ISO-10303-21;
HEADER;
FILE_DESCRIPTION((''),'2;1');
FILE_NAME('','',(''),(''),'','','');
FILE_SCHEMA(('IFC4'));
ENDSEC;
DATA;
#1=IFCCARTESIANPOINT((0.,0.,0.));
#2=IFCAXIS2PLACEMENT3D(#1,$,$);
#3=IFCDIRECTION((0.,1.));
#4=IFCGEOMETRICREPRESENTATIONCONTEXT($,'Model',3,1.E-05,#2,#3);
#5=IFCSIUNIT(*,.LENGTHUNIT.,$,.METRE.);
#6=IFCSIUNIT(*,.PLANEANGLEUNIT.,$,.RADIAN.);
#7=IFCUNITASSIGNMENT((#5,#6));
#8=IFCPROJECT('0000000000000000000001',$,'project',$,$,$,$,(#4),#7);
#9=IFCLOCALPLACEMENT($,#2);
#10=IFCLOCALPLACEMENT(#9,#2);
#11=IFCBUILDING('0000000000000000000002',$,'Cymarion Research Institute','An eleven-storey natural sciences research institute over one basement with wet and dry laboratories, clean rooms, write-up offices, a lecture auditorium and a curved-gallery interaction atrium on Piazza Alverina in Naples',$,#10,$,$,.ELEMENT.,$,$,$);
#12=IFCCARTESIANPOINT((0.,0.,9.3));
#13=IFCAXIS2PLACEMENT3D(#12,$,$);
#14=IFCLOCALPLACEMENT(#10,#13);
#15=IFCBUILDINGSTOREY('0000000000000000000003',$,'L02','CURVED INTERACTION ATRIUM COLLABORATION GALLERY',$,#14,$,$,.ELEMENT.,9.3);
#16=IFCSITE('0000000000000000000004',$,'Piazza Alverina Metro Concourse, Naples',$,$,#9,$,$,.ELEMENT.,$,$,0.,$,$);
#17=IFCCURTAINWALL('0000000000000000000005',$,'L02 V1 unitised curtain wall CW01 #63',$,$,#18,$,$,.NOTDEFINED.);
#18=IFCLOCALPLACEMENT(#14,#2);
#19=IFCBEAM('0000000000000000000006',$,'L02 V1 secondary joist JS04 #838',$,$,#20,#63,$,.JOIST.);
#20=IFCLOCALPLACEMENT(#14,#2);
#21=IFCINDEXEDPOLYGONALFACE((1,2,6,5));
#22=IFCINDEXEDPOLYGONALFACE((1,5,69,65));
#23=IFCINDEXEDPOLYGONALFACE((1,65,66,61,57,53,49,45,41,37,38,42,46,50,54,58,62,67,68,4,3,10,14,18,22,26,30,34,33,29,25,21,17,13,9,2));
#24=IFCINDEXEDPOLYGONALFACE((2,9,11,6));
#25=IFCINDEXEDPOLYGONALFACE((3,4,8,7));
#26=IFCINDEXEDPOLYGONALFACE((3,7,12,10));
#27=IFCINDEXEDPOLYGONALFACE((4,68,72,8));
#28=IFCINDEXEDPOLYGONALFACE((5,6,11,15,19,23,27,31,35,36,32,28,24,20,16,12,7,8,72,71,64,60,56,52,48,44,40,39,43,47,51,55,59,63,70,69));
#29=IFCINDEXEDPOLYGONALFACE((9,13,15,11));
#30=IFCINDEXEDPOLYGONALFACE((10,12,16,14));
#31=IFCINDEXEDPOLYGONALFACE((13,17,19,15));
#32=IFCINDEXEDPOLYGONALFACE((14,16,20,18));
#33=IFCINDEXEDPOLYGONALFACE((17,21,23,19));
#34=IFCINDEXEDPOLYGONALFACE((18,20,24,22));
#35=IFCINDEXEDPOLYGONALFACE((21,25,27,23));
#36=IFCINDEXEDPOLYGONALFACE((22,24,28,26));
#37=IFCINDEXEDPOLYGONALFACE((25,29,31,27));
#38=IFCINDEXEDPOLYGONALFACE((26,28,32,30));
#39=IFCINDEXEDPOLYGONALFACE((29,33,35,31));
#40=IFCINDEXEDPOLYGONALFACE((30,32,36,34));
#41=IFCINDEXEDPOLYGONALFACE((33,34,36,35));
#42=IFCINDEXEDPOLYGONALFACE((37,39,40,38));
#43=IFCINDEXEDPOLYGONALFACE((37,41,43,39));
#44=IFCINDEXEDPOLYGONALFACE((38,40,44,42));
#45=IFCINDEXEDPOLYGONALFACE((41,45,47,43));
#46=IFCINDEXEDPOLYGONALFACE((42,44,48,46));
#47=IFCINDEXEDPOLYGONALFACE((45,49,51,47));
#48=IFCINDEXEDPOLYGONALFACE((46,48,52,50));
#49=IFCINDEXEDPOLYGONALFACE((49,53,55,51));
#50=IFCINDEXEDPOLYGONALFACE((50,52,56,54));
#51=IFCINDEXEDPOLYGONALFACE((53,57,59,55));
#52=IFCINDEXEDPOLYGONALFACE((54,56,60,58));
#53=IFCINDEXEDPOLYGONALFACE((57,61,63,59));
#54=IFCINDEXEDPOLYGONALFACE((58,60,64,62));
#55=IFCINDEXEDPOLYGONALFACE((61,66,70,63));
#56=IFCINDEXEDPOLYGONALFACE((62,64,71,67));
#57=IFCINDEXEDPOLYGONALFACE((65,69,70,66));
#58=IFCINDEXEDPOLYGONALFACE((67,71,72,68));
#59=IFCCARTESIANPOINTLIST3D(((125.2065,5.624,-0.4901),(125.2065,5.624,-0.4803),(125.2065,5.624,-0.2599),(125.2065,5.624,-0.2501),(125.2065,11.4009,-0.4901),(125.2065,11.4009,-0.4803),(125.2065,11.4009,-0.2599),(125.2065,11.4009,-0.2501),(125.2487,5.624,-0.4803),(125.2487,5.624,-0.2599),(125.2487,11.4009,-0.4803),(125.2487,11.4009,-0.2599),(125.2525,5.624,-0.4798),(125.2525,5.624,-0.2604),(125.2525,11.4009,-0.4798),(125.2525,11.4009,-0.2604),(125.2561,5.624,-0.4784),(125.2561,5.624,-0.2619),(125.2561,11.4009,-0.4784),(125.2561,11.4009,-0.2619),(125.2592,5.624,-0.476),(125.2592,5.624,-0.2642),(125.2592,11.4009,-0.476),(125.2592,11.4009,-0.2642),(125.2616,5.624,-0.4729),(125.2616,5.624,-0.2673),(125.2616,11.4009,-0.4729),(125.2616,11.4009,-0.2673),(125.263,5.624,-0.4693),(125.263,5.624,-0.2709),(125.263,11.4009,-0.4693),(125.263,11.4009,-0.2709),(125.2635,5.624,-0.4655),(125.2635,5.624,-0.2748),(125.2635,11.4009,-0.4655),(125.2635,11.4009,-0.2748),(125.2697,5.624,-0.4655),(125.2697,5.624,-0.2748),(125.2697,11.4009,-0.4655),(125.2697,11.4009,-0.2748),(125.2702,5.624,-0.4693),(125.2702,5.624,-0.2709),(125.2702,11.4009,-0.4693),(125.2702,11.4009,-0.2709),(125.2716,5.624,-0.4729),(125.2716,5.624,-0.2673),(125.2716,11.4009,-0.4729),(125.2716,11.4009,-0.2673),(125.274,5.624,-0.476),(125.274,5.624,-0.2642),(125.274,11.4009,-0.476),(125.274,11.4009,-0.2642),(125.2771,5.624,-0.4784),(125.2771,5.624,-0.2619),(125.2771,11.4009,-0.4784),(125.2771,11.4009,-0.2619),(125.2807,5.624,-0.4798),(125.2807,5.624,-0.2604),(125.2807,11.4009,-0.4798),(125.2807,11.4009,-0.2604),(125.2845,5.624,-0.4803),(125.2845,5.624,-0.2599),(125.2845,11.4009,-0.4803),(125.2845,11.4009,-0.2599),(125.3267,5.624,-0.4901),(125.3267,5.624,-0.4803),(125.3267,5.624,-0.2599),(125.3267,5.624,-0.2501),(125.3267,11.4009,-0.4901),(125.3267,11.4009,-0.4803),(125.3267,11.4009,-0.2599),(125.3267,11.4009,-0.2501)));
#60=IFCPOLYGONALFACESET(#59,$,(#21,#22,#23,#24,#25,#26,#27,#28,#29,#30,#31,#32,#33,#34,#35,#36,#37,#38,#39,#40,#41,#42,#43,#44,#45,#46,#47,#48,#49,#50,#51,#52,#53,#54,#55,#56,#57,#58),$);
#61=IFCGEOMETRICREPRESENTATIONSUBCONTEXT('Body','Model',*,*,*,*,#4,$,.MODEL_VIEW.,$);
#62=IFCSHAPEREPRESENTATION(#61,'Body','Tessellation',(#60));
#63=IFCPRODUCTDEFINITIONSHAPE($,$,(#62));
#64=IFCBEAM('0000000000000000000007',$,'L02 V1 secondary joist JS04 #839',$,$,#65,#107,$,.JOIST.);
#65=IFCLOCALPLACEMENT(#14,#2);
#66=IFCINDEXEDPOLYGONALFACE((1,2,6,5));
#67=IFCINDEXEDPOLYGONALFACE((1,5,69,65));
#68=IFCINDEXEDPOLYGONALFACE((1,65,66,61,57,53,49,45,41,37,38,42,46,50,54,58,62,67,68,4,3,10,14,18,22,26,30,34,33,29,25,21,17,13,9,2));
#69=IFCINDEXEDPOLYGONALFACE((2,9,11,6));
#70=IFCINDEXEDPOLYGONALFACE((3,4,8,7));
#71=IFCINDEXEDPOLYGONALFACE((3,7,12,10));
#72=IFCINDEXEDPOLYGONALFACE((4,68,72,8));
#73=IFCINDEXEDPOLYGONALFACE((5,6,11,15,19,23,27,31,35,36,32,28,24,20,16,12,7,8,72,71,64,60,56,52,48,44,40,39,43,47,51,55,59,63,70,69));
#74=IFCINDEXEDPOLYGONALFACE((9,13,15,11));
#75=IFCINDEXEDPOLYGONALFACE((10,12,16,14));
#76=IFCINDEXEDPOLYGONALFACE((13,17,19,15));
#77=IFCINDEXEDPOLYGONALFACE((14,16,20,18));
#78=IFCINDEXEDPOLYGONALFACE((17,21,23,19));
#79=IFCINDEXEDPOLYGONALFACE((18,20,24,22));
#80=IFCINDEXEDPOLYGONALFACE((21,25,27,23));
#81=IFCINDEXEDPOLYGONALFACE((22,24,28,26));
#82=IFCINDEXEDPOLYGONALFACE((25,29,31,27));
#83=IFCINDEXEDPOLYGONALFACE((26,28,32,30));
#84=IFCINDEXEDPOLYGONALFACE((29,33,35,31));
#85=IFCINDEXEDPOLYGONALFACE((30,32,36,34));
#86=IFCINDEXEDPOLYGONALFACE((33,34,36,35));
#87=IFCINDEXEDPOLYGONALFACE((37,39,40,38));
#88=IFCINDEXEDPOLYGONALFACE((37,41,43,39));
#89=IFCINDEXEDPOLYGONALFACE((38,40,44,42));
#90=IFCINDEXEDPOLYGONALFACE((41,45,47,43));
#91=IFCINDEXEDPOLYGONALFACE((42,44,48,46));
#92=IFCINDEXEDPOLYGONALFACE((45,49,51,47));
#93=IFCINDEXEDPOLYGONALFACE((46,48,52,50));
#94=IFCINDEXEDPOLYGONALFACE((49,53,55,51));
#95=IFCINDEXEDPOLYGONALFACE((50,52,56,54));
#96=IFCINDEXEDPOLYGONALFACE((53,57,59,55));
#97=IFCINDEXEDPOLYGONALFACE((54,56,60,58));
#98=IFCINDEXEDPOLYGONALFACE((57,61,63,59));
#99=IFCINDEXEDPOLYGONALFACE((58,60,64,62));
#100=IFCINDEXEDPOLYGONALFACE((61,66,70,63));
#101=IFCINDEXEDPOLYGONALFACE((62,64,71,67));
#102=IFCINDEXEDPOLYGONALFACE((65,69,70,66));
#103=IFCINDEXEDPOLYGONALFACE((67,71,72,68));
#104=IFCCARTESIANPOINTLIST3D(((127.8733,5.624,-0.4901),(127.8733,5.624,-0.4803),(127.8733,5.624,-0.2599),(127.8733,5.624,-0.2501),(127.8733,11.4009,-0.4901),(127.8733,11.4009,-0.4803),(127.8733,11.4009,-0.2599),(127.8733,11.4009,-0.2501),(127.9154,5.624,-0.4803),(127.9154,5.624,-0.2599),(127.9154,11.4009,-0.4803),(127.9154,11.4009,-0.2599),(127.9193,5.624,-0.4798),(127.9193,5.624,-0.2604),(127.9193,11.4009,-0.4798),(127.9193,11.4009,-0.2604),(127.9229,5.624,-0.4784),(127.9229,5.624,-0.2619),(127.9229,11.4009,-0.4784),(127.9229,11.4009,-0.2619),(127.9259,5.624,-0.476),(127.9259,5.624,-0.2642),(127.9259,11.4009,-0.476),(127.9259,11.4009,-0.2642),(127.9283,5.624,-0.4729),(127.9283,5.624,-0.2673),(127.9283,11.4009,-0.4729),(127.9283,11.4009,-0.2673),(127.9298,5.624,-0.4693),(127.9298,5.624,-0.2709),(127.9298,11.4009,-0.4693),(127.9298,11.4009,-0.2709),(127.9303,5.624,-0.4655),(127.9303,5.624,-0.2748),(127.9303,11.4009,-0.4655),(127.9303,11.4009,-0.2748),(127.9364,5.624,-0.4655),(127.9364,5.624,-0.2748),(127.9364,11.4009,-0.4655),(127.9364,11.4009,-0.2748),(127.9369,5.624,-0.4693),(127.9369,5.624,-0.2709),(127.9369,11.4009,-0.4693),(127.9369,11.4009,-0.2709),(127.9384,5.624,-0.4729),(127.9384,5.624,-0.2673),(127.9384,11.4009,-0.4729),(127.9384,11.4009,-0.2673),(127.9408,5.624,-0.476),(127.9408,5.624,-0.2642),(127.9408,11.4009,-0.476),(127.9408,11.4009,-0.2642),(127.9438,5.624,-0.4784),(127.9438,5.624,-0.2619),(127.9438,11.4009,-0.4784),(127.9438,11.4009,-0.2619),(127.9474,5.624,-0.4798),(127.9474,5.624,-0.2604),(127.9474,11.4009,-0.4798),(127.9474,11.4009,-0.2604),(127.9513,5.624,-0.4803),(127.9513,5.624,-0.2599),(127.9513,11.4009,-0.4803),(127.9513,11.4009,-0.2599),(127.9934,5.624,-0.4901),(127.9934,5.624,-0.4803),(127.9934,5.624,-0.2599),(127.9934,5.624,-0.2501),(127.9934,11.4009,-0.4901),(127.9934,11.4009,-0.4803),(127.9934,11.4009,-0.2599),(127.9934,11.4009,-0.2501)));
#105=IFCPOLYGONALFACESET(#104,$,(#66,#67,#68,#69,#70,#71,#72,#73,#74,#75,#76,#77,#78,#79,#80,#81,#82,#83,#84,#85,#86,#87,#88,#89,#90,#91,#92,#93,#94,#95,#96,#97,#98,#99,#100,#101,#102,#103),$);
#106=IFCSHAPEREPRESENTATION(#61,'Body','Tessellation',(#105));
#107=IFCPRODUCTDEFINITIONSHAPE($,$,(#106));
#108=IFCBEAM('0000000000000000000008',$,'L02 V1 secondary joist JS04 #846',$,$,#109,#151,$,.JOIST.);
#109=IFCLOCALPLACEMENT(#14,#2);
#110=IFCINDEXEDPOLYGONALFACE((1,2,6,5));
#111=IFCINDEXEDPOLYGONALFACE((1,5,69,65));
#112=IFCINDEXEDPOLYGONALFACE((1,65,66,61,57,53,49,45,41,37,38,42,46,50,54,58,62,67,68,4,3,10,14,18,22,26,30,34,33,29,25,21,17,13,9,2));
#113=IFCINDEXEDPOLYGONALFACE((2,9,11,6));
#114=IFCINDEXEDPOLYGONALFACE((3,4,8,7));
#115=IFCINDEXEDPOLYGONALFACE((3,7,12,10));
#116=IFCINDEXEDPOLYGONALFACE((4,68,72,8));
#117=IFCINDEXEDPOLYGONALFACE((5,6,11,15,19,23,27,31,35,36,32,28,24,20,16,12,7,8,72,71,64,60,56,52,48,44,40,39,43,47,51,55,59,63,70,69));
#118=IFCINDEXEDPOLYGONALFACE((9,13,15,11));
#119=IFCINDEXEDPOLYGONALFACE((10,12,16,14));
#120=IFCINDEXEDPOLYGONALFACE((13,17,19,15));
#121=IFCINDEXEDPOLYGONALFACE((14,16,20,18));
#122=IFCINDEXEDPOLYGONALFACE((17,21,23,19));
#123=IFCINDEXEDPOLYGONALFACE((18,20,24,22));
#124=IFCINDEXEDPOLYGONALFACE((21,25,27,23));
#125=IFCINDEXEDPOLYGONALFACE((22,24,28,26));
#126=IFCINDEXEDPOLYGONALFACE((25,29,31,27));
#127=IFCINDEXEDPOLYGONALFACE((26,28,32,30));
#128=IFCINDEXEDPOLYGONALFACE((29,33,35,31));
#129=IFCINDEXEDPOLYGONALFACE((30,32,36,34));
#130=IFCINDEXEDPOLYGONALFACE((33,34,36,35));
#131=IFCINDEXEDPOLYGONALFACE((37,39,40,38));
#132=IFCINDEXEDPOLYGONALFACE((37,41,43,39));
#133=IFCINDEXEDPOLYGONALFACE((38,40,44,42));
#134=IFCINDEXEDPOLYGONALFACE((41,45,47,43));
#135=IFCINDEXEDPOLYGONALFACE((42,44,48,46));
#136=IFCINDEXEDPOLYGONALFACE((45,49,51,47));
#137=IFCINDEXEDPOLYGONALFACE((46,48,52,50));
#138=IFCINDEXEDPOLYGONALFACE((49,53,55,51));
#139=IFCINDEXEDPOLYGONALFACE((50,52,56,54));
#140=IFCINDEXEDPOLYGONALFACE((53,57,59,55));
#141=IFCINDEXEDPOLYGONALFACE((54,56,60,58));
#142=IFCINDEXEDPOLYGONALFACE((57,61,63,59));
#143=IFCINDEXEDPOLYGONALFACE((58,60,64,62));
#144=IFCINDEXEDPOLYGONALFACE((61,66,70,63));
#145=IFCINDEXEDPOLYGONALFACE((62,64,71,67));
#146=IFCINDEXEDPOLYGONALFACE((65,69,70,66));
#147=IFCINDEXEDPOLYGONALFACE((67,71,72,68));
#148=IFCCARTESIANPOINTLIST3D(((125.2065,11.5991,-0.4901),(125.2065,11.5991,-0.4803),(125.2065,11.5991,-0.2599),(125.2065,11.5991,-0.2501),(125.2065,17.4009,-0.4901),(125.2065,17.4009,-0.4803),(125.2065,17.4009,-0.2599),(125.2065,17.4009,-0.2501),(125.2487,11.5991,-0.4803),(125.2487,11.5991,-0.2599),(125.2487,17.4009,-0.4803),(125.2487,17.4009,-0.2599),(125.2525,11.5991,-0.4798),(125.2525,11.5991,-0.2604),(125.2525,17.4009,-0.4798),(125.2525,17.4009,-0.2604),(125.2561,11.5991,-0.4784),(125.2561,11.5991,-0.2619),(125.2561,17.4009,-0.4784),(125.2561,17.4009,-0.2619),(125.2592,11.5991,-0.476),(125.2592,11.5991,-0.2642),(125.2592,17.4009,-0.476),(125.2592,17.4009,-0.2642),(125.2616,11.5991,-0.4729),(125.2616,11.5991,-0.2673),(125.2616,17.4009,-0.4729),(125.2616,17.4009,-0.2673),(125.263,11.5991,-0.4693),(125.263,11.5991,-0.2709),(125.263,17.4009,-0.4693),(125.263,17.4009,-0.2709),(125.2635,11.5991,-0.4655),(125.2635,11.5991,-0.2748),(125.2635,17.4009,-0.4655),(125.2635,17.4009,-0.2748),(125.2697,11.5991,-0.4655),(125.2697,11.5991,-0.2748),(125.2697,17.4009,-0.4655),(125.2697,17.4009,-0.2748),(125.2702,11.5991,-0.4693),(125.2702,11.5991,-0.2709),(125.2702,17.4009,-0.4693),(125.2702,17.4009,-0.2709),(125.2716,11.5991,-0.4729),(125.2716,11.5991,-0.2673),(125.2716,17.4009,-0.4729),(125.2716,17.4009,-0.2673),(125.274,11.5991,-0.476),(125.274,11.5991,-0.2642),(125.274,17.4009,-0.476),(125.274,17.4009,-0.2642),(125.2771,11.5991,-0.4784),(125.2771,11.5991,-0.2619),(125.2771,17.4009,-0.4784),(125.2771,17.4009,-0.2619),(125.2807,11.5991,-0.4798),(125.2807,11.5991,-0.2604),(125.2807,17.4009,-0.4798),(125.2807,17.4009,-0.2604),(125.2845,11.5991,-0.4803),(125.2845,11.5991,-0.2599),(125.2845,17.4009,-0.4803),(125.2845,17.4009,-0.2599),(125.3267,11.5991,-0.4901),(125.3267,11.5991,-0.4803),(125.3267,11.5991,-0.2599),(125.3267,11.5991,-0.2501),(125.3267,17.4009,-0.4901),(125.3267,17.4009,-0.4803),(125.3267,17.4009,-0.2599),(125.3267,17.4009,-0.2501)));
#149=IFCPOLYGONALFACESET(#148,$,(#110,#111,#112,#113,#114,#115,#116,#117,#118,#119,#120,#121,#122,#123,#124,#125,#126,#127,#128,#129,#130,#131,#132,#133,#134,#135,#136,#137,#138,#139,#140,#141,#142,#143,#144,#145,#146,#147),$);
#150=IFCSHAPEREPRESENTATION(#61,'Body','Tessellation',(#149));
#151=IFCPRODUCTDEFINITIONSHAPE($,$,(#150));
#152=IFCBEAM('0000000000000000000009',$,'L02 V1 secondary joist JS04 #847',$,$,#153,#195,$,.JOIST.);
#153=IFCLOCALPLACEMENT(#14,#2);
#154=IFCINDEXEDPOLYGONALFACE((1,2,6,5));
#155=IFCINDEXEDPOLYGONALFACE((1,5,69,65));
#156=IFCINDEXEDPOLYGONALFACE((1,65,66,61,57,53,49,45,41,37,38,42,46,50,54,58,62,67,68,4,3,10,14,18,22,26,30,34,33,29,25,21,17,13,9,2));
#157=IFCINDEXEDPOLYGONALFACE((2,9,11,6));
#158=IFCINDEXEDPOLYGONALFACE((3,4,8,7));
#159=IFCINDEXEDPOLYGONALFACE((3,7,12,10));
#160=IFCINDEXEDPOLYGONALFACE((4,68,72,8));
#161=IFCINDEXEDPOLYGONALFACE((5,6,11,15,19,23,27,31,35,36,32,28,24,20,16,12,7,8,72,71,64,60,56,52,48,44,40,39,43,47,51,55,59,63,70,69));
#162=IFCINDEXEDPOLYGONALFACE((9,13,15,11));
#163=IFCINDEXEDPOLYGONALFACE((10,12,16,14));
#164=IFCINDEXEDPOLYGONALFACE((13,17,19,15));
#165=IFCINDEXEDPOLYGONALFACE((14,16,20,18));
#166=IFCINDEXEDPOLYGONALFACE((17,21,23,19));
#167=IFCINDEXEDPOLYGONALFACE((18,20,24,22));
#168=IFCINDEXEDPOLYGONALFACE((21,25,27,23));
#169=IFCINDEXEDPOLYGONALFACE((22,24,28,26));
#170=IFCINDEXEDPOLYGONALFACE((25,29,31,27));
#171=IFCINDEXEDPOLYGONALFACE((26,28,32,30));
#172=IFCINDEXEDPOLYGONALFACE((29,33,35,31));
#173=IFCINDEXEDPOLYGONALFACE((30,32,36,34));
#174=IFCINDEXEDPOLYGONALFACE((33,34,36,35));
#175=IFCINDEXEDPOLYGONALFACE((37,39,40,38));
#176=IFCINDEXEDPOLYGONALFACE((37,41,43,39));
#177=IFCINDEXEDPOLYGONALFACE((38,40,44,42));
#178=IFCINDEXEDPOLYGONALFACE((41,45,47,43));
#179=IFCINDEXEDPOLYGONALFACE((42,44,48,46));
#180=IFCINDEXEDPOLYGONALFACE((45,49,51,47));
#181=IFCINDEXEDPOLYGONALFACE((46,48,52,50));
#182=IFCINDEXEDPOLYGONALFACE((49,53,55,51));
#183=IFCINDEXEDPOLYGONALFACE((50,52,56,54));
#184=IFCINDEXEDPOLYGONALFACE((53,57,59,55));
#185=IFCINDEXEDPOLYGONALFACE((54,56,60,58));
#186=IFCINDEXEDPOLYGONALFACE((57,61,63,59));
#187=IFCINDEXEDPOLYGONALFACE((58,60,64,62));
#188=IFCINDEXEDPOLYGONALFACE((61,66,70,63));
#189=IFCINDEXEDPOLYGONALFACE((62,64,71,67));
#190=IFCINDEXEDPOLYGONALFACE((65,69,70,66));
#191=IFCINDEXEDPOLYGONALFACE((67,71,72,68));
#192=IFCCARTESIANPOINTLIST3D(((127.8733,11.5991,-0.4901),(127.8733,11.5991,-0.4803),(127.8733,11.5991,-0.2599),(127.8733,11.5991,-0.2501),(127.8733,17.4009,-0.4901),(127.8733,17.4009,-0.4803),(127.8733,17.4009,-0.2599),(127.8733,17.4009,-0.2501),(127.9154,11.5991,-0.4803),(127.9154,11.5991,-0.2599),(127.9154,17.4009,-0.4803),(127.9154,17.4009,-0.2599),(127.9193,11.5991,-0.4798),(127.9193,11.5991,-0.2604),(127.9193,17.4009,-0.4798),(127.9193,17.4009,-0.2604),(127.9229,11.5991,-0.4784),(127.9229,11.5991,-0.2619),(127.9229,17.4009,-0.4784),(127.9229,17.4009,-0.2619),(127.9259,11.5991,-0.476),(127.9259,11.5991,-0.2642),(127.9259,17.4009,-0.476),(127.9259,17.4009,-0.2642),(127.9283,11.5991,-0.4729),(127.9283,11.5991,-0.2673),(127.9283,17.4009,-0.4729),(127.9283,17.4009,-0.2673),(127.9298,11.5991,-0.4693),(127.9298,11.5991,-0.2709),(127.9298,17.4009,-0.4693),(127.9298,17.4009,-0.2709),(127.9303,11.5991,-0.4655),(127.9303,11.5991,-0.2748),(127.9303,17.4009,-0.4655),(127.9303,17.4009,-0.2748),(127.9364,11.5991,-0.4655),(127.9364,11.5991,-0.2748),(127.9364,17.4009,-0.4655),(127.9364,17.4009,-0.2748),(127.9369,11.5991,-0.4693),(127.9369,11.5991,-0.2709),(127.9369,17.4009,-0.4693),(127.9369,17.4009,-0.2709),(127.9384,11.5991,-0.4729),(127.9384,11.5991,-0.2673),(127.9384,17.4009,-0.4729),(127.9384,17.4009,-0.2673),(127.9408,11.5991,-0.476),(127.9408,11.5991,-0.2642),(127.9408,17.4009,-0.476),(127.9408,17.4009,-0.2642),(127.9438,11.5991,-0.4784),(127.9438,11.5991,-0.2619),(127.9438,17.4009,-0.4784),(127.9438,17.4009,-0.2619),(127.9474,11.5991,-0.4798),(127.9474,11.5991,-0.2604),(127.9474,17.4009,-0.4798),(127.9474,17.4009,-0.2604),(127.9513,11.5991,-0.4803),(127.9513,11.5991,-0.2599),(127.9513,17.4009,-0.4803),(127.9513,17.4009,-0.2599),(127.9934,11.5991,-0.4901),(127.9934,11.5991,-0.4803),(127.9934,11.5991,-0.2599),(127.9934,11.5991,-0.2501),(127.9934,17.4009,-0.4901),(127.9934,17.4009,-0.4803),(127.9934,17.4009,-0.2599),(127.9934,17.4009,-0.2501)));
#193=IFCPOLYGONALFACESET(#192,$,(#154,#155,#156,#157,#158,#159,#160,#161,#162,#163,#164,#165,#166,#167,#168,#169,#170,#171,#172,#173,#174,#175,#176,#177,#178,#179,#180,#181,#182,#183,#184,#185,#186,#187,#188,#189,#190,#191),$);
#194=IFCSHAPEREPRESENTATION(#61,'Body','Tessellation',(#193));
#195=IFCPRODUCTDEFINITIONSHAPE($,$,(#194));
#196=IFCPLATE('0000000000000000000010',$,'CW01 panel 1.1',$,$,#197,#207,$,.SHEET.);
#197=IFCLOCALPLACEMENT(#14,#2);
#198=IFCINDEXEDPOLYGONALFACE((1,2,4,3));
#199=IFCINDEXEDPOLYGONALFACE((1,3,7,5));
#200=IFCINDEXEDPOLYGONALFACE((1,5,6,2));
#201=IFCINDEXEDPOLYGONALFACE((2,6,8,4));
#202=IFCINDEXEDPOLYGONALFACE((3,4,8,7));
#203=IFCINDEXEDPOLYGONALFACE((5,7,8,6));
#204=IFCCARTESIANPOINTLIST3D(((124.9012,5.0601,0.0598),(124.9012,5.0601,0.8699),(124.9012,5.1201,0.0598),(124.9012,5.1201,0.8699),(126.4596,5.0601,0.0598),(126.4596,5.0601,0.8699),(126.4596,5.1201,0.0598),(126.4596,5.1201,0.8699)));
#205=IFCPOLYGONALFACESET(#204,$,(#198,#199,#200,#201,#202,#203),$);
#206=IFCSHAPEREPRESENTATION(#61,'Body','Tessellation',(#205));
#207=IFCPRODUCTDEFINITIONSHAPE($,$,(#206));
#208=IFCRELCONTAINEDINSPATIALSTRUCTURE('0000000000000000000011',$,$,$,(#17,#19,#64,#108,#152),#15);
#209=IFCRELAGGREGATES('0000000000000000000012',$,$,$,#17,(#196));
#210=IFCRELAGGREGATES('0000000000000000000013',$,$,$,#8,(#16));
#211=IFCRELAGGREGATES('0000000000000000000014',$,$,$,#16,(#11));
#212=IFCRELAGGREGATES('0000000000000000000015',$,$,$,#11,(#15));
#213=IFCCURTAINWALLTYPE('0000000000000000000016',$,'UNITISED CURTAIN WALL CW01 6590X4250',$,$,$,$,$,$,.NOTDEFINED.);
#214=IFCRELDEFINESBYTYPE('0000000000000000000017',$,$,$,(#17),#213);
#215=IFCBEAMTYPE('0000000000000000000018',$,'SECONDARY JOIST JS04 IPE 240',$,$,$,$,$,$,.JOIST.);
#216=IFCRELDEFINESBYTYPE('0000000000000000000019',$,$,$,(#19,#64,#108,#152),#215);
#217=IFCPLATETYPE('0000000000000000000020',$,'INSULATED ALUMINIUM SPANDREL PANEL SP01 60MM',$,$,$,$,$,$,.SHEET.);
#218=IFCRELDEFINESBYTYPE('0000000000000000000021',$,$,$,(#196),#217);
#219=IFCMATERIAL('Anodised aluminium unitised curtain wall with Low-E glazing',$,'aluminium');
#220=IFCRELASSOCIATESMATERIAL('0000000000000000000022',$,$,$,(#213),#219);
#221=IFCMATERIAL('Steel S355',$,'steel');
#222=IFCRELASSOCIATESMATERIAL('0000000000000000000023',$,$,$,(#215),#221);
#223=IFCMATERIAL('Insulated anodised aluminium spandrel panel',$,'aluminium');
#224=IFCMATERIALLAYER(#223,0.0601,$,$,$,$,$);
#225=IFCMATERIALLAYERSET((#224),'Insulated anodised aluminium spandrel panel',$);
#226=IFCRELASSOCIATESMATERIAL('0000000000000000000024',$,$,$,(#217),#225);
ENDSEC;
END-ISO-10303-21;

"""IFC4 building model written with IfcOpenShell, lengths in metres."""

from ifc_helpers import new_model, si_unit, direction, frame, origin, origin_2d, place, context, subcontext, project, spatial, rectangle, i_section, extrude, material, layer, layer_set, material_profile, profile_set, type_object, element, aggregate, save


model = new_model("IFC4")

# Units and contexts
model_context = context("Model", 3, precision=1e-05, world=origin(), true_north=direction((0.0, 1.0)))
body_context = subcontext(model_context, "Body", "Model", "MODEL_VIEW")
ifc_project = project(units=[si_unit("LENGTHUNIT", "METRE"), si_unit("PLANEANGLEUNIT", "RADIAN")], contexts=[model_context])

# Site, building, storey
site_placement = place(None, origin())
site = spatial("IfcSite", under=ifc_project, at=site_placement, Name="Piazza Alverina Metro Concourse, Naples", CompositionType="ELEMENT", RefElevation=0.0)
building_placement = place(site_placement, origin())
building = spatial("IfcBuilding", under=site, at=building_placement, Name="Cymarion Research Institute", Description="An eleven-storey natural sciences research institute over one basement with wet and dry laboratories, clean rooms, write-up offices, a lecture auditorium and a curved-gallery interaction atrium on Piazza Alverina in Naples", CompositionType="ELEMENT")
storey_placement = place(building_placement, frame((0.0, 0.0, 9.3)))
storey = spatial("IfcBuildingStorey", under=building, at=storey_placement, Name="L02", Description="CURVED INTERACTION ATRIUM COLLABORATION GALLERY", CompositionType="ELEMENT", Elevation=9.3)

# Curtain wall
ifc_material_1 = material(Name="Anodised aluminium unitised curtain wall with Low-E glazing", Category="aluminium")
curtain_wall_type = type_object("IfcCurtainWallType", Name="UNITISED CURTAIN WALL CW01 6590X4250", PredefinedType="NOTDEFINED", material=ifc_material_1)
curtain_wall_placement = place(storey_placement, origin())
curtain_wall = element("IfcCurtainWall", 1, at=curtain_wall_placement, inside=storey, type_object=curtain_wall_type, Name="L02 V1 unitised curtain wall CW01 #63", PredefinedType="NOTDEFINED")

# Beams
ifc_material_2 = material(Name="Steel S355", Category="steel")
ifc_material_profile_1 = material_profile(ifc_material_2, i_section(OverallWidth=0.1201, OverallDepth=0.24, WebThickness=0.0061, FlangeThickness=0.0098, FilletRadius=0.0149, at=origin_2d()), Name="IPE 240")
ifc_profile_set_1 = profile_set([ifc_material_profile_1], Name="Steel S355")
beam_type = type_object("IfcBeamType", Name="SECONDARY JOIST JS04 IPE 240", PredefinedType="JOIST", material=ifc_profile_set_1)
for number, where, z_axis, x_axis, name in (
    (2, (125.2666, 5.624, -0.3701), (0.0, 1.0, 0.0), (-1.0, 0.0, 0.0), "L02 V1 secondary joist JS04 #838"),
    (3, (127.9333, 5.624, -0.3701), (0.0, 1.0, 0.0), (-1.0, 0.0, 0.0), "L02 V1 secondary joist JS04 #839"),
):
    element("IfcBeam", number, at=place(storey_placement, frame(where, z_axis=z_axis, x_axis=x_axis)), inside=storey, type_object=beam_type, Name=name, PredefinedType="JOIST", context=body_context, shape_type="SweptSolid", body=[
        extrude(i_section(OverallWidth=0.1201, OverallDepth=0.24, WebThickness=0.0061, FlangeThickness=0.0098, FilletRadius=0.0149, at=origin_2d()), origin(), (0.0, 0.0, 1.0), 5.7769),
    ])
for number, where, z_axis, x_axis, name in (
    (4, (125.2666, 11.5991, -0.3701), (0.0, 1.0, 0.0), (-1.0, 0.0, 0.0), "L02 V1 secondary joist JS04 #846"),
    (5, (127.9333, 11.5991, -0.3701), (0.0, 1.0, 0.0), (-1.0, 0.0, 0.0), "L02 V1 secondary joist JS04 #847"),
):
    element("IfcBeam", number, at=place(storey_placement, frame(where, z_axis=z_axis, x_axis=x_axis)), inside=storey, type_object=beam_type, Name=name, PredefinedType="JOIST", context=body_context, shape_type="SweptSolid", body=[
        extrude(i_section(OverallWidth=0.1201, OverallDepth=0.24, WebThickness=0.0061, FlangeThickness=0.0098, FilletRadius=0.0149, at=origin_2d()), origin(), (0.0, 0.0, 1.0), 5.8018),
    ])

# Plate
ifc_material_3 = material(Name="Insulated anodised aluminium spandrel panel", Category="aluminium")
ifc_layer_1 = layer(ifc_material_3, 0.0601)
ifc_layer_set_1 = layer_set([ifc_layer_1], Name="Insulated anodised aluminium spandrel panel")
plate_type_1 = type_object("IfcPlateType", Name="INSULATED ALUMINIUM SPANDREL PANEL SP01 60MM", PredefinedType="SHEET", material=ifc_layer_set_1)
plate_1_placement = place(storey_placement, frame((125.6804, 5.0901, 0.0598), z_axis=(0.0, 0.0, 1.0), x_axis=(1.0, 0.0, 0.0)))
plate_1 = element("IfcPlate", 6, at=plate_1_placement, type_object=plate_type_1, Name="CW01 panel 1.1", PredefinedType="SHEET", context=body_context, shape_type="SweptSolid", body=[
    extrude(rectangle(XDim=1.5583, YDim=0.0601, at=origin_2d()), origin(), (0.0, 0.0, 1.0), 0.8101),
])
aggregate(curtain_wall, [plate_1])

save(model, "model.ifc")
